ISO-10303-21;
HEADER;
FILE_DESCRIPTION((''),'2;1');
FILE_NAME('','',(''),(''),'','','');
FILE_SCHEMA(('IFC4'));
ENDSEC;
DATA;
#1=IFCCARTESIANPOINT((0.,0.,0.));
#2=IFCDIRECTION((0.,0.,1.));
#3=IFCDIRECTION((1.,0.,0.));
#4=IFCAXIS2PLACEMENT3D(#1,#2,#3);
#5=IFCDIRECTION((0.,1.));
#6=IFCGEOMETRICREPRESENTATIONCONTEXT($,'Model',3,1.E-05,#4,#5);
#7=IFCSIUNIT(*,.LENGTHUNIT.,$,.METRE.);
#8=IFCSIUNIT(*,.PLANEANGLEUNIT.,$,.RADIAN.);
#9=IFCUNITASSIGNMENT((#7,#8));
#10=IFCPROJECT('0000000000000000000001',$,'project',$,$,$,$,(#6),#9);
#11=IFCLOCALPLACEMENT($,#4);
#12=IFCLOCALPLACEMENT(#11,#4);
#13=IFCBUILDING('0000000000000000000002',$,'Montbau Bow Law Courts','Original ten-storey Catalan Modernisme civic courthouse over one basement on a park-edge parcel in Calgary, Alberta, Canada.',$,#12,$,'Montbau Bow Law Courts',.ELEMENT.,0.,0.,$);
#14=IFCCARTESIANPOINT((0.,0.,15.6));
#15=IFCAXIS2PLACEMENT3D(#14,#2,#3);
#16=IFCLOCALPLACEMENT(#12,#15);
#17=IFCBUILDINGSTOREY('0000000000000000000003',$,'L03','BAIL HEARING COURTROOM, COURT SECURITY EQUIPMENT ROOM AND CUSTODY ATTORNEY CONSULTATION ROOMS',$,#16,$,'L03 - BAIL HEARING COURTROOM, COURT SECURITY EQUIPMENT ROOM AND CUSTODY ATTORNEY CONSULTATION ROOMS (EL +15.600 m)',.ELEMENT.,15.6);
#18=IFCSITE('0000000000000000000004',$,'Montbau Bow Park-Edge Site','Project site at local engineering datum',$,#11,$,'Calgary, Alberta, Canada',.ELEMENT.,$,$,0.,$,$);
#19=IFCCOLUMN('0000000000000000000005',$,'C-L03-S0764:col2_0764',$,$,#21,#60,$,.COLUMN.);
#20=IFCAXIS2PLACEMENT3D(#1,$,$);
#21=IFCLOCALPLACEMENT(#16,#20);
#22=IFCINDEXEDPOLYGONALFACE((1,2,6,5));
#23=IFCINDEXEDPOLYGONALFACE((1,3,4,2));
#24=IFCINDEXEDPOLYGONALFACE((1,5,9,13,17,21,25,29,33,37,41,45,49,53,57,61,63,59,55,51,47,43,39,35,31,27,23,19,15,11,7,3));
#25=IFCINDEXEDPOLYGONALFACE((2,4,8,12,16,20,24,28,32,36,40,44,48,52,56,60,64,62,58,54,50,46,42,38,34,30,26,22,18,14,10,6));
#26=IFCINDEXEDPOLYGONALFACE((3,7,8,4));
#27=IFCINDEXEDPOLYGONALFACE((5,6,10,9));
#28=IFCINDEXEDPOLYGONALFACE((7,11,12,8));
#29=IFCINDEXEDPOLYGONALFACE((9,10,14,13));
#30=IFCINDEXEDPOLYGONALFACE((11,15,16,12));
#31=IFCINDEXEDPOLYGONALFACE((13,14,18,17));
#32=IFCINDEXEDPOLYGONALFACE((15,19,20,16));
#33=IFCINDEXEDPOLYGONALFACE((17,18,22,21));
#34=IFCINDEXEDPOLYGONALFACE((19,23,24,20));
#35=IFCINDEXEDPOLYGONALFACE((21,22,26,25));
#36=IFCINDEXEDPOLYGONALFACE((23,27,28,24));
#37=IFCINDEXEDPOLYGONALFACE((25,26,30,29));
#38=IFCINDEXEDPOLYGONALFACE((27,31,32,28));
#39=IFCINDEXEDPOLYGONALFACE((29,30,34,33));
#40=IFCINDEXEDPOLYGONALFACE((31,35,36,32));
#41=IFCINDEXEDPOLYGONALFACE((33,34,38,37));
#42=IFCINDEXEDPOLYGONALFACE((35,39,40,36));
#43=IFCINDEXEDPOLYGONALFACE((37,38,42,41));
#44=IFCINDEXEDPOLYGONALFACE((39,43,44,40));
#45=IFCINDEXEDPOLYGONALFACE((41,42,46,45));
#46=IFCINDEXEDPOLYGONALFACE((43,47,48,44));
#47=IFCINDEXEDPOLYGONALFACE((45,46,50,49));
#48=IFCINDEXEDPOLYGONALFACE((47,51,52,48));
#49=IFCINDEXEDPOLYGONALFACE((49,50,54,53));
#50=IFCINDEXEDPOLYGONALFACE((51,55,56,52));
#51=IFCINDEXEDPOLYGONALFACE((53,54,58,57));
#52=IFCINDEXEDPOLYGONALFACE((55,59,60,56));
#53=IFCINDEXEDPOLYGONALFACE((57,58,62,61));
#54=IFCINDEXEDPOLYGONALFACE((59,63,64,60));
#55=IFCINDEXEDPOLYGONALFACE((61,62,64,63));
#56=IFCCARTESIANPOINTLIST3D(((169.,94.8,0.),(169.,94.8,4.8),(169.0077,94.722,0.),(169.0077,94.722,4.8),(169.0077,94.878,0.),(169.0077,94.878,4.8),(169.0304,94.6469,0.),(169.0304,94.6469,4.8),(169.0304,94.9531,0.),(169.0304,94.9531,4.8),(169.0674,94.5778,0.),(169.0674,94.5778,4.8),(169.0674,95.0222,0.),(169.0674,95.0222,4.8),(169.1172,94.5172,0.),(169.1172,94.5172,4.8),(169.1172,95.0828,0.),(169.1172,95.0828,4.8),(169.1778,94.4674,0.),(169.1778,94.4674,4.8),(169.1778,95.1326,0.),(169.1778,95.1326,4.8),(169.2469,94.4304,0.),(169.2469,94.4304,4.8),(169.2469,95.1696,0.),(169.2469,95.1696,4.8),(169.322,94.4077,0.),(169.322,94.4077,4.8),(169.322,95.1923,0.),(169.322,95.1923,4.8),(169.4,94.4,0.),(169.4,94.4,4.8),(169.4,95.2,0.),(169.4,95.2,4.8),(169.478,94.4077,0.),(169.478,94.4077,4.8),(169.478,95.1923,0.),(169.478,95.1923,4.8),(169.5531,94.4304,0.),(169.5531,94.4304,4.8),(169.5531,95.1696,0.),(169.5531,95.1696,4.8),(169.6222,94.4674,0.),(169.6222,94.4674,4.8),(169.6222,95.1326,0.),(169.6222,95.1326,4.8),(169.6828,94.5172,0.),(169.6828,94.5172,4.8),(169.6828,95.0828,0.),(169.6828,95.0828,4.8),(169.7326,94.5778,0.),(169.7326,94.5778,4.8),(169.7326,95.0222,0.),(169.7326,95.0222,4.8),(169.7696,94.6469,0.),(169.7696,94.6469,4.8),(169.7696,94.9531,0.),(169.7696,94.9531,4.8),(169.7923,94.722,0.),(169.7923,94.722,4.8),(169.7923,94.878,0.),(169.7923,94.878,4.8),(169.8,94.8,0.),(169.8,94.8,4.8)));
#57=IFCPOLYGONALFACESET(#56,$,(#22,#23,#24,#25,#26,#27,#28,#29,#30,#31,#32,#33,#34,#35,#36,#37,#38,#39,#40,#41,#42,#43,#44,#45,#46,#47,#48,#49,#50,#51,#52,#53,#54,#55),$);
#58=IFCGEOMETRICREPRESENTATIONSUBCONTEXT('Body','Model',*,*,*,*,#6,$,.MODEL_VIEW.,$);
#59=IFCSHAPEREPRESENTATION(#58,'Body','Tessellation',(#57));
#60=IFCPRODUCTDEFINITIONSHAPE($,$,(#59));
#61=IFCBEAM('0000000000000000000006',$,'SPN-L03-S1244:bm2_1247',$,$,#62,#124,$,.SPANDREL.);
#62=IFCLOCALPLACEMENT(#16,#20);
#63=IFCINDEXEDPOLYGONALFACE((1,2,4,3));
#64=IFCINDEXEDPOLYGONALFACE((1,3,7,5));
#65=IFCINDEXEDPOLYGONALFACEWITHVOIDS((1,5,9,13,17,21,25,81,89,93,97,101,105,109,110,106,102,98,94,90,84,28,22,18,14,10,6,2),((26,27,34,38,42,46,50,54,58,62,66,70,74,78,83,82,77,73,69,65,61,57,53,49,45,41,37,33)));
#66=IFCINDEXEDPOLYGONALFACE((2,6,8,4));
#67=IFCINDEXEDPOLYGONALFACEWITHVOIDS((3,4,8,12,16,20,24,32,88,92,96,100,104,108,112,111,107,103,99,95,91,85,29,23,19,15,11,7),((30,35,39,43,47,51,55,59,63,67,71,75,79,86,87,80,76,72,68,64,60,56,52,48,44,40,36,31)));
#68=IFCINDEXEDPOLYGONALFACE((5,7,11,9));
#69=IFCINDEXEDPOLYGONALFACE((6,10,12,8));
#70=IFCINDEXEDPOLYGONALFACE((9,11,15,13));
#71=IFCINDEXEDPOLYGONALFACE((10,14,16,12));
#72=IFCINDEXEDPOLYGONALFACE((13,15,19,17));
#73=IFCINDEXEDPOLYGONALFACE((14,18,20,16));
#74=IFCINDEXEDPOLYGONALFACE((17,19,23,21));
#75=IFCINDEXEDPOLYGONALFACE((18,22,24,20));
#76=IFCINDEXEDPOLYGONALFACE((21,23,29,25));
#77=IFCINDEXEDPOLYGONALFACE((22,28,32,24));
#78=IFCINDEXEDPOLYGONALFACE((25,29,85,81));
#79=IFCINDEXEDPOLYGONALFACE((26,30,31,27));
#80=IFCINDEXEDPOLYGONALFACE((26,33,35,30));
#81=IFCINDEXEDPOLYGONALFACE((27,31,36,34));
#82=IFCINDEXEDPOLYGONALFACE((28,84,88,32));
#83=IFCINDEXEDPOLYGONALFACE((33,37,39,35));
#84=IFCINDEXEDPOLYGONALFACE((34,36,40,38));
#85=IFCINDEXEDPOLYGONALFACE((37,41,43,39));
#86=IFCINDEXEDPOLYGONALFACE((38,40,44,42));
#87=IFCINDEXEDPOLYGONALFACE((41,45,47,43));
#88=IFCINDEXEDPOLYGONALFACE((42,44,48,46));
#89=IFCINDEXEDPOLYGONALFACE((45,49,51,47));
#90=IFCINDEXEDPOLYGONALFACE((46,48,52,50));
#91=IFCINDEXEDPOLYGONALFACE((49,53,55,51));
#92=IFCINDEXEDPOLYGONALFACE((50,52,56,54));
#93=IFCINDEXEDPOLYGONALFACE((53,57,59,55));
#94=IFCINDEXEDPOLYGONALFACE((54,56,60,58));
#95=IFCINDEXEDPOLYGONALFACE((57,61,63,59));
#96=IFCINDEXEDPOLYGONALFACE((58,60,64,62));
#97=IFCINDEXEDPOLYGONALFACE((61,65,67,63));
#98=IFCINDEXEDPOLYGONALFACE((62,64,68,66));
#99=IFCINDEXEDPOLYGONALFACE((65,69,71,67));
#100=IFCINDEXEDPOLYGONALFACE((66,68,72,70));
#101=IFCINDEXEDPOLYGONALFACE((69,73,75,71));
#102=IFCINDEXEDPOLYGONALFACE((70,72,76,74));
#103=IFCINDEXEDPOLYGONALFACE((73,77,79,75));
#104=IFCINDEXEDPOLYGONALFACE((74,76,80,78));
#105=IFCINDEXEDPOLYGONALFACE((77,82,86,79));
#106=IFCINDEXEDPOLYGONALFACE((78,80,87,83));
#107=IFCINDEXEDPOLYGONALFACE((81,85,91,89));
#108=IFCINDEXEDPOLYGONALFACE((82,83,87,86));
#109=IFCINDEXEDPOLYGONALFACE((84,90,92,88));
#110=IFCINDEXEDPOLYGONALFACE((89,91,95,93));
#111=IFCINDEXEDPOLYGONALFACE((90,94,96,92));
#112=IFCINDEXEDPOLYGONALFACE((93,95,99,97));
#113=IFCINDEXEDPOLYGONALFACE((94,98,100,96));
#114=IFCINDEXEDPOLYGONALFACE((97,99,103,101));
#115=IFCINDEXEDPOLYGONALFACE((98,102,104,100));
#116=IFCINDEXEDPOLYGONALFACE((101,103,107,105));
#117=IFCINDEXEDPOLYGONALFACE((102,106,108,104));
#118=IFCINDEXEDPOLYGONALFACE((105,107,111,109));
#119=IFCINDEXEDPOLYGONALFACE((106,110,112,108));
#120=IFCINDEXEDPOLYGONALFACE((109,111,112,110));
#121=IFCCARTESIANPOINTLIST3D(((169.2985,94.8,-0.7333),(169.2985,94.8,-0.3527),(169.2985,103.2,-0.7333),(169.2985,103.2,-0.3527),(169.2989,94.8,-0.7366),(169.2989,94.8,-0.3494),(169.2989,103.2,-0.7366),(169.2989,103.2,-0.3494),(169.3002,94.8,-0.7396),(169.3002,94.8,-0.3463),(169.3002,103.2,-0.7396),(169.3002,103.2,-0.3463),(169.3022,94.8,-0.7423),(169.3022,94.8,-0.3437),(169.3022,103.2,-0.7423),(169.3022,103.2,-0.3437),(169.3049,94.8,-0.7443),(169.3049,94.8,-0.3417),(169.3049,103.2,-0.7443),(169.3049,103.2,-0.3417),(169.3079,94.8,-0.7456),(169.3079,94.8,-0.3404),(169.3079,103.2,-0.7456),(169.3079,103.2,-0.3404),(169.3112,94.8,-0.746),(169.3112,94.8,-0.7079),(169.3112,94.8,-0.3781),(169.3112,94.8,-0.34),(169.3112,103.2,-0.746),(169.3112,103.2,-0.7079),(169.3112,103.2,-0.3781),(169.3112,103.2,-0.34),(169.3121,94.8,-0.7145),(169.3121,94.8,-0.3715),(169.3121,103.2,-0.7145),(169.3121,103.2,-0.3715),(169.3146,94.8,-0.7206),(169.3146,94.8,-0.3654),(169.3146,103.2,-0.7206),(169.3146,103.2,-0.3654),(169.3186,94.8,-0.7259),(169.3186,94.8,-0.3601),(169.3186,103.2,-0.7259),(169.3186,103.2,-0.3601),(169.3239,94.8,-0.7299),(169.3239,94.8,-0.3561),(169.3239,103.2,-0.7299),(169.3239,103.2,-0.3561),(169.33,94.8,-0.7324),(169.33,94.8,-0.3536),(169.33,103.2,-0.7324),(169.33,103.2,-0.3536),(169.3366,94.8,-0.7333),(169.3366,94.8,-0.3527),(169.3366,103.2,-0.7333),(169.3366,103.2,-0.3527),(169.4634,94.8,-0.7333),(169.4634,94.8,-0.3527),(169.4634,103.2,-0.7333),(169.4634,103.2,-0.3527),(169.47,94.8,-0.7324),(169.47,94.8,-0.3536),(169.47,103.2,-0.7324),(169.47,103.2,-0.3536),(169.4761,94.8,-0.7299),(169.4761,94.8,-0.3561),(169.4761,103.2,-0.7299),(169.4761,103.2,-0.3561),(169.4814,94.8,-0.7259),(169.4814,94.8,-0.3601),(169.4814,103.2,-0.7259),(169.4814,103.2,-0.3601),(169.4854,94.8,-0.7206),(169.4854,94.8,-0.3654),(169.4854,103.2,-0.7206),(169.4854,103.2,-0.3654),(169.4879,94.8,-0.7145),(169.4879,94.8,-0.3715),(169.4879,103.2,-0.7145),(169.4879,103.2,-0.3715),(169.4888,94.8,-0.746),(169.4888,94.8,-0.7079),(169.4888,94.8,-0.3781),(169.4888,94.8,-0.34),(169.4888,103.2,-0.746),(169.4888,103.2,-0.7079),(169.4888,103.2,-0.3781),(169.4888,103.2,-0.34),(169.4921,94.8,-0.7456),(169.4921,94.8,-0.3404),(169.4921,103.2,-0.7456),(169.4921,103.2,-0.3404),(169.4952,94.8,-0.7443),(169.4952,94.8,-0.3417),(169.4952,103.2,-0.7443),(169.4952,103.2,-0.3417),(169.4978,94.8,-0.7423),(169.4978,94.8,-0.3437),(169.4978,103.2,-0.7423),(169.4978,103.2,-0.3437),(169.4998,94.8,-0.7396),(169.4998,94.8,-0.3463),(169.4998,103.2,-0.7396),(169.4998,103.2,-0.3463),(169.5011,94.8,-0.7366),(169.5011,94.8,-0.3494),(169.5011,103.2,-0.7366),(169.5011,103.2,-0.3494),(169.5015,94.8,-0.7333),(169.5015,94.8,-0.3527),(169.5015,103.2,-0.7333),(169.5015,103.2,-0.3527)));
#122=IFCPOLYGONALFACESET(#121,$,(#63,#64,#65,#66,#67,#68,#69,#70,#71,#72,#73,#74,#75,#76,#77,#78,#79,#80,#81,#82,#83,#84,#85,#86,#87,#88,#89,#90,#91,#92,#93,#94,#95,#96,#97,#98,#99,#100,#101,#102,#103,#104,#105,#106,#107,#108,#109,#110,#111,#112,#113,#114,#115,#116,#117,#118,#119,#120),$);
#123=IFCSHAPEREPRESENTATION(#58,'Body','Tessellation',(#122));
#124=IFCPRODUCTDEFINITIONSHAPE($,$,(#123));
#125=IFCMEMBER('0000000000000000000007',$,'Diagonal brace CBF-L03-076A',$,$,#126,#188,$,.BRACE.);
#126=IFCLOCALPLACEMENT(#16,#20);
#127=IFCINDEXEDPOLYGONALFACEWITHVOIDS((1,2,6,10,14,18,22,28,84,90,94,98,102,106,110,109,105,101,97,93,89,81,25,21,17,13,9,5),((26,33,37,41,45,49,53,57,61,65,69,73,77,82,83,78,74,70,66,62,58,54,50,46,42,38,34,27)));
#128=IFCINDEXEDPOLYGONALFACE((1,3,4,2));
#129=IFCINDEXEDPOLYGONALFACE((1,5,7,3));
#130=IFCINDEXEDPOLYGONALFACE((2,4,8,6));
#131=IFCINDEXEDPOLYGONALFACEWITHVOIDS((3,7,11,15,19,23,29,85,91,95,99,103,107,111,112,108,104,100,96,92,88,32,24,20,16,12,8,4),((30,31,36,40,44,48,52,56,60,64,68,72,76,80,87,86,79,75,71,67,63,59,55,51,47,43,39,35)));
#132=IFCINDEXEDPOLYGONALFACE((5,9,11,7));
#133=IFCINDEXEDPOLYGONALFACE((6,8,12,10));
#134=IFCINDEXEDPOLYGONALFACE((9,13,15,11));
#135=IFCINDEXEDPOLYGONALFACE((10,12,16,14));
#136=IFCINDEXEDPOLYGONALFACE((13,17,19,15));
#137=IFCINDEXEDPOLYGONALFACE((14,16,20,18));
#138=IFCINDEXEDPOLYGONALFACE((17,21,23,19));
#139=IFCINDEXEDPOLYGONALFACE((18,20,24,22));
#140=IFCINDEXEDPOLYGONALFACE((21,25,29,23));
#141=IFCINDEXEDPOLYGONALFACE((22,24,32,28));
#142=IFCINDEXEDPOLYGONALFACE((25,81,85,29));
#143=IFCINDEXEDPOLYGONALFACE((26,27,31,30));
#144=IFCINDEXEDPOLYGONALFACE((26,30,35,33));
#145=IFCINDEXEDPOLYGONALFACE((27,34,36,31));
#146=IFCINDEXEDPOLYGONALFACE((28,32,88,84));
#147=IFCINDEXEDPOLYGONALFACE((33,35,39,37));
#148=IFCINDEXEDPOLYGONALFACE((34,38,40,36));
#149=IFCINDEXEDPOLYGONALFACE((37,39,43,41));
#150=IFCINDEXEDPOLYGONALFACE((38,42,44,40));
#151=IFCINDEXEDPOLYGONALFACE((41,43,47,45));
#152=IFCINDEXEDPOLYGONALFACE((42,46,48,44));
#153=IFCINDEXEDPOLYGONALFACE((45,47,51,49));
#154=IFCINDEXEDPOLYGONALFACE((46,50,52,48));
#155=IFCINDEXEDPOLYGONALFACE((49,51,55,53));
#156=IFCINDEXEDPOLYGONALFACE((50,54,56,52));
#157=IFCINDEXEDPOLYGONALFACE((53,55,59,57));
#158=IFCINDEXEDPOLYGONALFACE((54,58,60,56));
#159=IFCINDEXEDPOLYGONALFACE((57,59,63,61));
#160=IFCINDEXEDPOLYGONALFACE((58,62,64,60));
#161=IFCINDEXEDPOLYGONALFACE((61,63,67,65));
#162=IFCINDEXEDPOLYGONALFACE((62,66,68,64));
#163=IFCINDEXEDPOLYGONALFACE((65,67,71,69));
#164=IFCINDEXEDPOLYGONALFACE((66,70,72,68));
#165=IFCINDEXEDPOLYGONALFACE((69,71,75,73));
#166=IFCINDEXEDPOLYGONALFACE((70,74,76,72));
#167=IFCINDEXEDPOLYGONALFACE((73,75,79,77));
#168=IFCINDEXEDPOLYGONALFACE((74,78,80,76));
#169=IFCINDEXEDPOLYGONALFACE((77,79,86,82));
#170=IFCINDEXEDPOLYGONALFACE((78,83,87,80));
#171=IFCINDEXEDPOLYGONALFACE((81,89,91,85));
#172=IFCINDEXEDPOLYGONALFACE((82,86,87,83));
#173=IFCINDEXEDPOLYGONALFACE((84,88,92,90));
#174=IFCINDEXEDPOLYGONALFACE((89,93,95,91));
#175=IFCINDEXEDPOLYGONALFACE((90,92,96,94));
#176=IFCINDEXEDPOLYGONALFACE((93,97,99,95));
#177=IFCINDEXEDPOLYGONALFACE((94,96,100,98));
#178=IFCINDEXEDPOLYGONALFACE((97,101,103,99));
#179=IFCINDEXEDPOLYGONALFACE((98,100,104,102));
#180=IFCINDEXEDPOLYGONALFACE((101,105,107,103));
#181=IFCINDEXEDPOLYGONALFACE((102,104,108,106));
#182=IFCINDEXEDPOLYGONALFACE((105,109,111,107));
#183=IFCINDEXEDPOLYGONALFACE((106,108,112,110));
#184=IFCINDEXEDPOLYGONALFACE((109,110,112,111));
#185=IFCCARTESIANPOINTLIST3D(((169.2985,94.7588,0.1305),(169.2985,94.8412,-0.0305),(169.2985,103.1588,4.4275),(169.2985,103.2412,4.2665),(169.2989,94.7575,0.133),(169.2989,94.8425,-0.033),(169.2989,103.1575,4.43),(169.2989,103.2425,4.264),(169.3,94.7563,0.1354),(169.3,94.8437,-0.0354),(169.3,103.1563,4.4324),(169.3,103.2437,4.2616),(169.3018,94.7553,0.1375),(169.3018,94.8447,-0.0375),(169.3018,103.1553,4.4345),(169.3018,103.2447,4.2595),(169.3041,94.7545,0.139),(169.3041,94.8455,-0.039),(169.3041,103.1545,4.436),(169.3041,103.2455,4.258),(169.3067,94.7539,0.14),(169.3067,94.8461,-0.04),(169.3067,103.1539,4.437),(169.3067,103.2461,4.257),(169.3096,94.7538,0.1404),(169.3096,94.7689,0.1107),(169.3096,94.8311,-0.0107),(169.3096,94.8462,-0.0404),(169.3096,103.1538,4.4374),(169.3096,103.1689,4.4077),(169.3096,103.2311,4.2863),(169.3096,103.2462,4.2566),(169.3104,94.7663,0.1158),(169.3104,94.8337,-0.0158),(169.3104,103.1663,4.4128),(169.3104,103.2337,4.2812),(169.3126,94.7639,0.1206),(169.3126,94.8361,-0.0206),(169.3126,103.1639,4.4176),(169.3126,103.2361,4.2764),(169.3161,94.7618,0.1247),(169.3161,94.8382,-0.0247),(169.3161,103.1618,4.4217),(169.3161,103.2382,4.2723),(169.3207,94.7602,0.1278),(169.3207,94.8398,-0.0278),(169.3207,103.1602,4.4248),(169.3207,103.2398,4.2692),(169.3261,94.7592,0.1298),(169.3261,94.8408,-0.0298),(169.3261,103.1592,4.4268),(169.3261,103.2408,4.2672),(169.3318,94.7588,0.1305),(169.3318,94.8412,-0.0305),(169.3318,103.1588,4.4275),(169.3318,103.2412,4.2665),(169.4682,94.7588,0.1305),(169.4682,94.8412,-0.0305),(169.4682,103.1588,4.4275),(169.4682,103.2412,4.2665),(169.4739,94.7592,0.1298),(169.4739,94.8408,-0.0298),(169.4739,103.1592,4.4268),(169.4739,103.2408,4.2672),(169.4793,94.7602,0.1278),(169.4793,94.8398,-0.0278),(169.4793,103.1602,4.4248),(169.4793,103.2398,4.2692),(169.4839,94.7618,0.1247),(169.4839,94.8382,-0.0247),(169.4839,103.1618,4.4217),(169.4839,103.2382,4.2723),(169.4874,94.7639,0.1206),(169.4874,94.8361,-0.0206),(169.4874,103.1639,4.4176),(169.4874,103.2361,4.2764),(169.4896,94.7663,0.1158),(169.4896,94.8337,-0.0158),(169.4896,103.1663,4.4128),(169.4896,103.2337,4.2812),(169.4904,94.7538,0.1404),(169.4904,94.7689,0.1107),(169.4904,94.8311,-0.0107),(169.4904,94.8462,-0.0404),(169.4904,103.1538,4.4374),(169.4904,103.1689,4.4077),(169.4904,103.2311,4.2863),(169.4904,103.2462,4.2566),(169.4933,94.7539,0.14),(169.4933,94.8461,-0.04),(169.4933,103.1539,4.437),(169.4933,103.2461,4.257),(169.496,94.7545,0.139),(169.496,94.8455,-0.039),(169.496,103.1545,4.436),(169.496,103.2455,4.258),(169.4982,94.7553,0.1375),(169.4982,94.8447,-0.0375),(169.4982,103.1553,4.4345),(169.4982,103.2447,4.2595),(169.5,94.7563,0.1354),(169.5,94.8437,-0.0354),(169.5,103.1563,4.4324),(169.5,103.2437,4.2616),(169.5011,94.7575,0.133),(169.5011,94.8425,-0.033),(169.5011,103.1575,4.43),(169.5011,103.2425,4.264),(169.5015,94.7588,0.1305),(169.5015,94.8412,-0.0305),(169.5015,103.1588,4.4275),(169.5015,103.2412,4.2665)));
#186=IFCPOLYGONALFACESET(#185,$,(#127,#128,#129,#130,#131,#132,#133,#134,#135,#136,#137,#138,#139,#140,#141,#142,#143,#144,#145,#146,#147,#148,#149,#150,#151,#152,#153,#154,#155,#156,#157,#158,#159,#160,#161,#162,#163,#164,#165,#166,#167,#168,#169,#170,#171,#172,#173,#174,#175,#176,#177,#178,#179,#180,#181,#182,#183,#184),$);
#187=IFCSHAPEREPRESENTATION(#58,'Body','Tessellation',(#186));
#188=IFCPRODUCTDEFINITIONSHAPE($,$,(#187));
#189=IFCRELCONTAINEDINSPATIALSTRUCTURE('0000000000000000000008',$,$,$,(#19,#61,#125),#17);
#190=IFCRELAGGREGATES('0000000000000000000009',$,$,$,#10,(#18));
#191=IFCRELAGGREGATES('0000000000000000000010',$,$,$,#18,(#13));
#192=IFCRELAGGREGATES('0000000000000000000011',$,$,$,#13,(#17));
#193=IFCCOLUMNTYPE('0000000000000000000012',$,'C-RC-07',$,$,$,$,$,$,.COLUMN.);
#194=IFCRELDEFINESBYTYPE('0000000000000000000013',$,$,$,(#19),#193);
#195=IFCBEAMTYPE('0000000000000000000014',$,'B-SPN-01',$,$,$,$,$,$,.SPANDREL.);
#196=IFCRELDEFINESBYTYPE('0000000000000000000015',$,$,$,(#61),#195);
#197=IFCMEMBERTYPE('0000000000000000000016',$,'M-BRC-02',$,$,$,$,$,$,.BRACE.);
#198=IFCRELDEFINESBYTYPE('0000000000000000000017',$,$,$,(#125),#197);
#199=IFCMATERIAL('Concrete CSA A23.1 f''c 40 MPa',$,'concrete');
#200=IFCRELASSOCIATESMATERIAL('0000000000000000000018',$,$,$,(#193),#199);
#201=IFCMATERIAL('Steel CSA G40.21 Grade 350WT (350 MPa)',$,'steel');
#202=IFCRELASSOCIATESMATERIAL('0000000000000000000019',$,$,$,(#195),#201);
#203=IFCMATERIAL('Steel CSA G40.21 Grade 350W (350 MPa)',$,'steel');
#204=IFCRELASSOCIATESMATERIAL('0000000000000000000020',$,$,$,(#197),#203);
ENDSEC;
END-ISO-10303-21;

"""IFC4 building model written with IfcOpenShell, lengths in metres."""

from ifc_helpers import new_model, si_unit, direction, frame, origin_with_axes, origin_2d_with_axis, place, context, subcontext, project, spatial, hollow_rectangle, circle, extrude, material, material_profile, profile_set, type_object, element, save


model = new_model("IFC4")

# Units and contexts
model_context = context("Model", 3, precision=1e-05, world=origin_with_axes(), true_north=direction((0.0, 1.0)))
body_context = subcontext(model_context, "Body", "Model", "MODEL_VIEW")
ifc_project = project(units=[si_unit("LENGTHUNIT", "METRE"), si_unit("PLANEANGLEUNIT", "RADIAN")], contexts=[model_context])

# Site, building, storey
site_placement = place(None, origin_with_axes())
site = spatial("IfcSite", under=ifc_project, at=site_placement, Name="Montbau Bow Park-Edge Site", Description="Project site at local engineering datum", LongName="Calgary, Alberta, Canada", CompositionType="ELEMENT", RefElevation=0.0)
building_placement = place(site_placement, origin_with_axes())
building = spatial("IfcBuilding", under=site, at=building_placement, Name="Montbau Bow Law Courts", Description="Original ten-storey Catalan Modernisme civic courthouse over one basement on a park-edge parcel in Calgary, Alberta, Canada.", LongName="Montbau Bow Law Courts", CompositionType="ELEMENT", ElevationOfRefHeight=0.0, ElevationOfTerrain=0.0)
storey_placement = place(building_placement, frame((0.0, 0.0, 15.6), z_axis=(0.0, 0.0, 1.0), x_axis=(1.0, 0.0, 0.0)))
storey = spatial("IfcBuildingStorey", under=building, at=storey_placement, Name="L03", Description="BAIL HEARING COURTROOM, COURT SECURITY EQUIPMENT ROOM AND CUSTODY ATTORNEY CONSULTATION ROOMS", LongName="L03 - BAIL HEARING COURTROOM, COURT SECURITY EQUIPMENT ROOM AND CUSTODY ATTORNEY CONSULTATION ROOMS (EL +15.600 m)", CompositionType="ELEMENT", Elevation=15.6)

# Column
ifc_material_1 = material(Name="Concrete CSA A23.1 f'c 40 MPa", Category="concrete")
ifc_material_profile_1 = material_profile(ifc_material_1, circle(Radius=0.4, at=origin_2d_with_axis()), Name="RC800D", Category="Main", Priority=0)
ifc_profile_set_1 = profile_set([ifc_material_profile_1], Name="Concrete CSA A23.1 f'c 40 MPa")
column_type = type_object("IfcColumnType", Name="C-RC-07", PredefinedType="COLUMN", material=ifc_profile_set_1)
column_placement = place(None, frame((169.4, 94.8, 15.6), z_axis=(0.0, 0.0, 1.0), x_axis=(1.0, 0.0, 0.0)))
element("IfcColumn", 1, at=column_placement, inside=storey, type_object=column_type, Name="C-L03-S0764:col2_0764", PredefinedType="COLUMN", context=body_context, shape_type="SweptSolid", body=[
    extrude(circle(Radius=0.4, at=origin_2d_with_axis()), origin_with_axes(), (0.0, 0.0, 1.0), 4.8),
])

# Beam
ifc_material_2 = material(Name="Steel CSA G40.21 Grade 350WT (350 MPa)", Category="steel")
ifc_material_profile_2 = material_profile(ifc_material_2, hollow_rectangle(XDim=0.203, YDim=0.406, WallThickness=0.0127, InnerFilletRadius=0.0254, OuterFilletRadius=0.0127, at=origin_2d_with_axis()), Name="HSS406X203X13", Category="Main", Priority=0)
ifc_profile_set_2 = profile_set([ifc_material_profile_2], Name="Steel CSA G40.21 Grade 350WT (350 MPa)")
beam_type = type_object("IfcBeamType", Name="B-SPN-01", PredefinedType="SPANDREL", material=ifc_profile_set_2)
beam_placement = place(None, frame((169.4, 94.8, 15.057), z_axis=(0.0, 1.0, 0.0), x_axis=(-1.0, 0.0, 0.0)))
element("IfcBeam", 2, at=beam_placement, inside=storey, type_object=beam_type, Name="SPN-L03-S1244:bm2_1247", PredefinedType="SPANDREL", context=body_context, shape_type="SweptSolid", body=[
    extrude(hollow_rectangle(XDim=0.203, YDim=0.406, WallThickness=0.0127, InnerFilletRadius=0.0254, OuterFilletRadius=0.0127, at=origin_2d_with_axis()), origin_with_axes(), (0.0, 0.0, 1.0), 8.4),
])

# Member
ifc_material_3 = material(Name="Steel CSA G40.21 Grade 350W (350 MPa)", Category="steel")
ifc_material_profile_3 = material_profile(ifc_material_3, hollow_rectangle(XDim=0.203, YDim=0.203, WallThickness=0.0111, InnerFilletRadius=0.0222, OuterFilletRadius=0.0111, at=origin_2d_with_axis()), Name="HSS203X203X11", Category="Main", Priority=0)
ifc_profile_set_3 = profile_set([ifc_material_profile_3], Name="Steel CSA G40.21 Grade 350W (350 MPa)")
member_type_1 = type_object("IfcMemberType", Name="M-BRC-02", PredefinedType="BRACE", material=ifc_profile_set_3)
member_1_placement = place(None, frame((169.4, 94.8, 15.65), z_axis=(0.0, 0.890277, 0.455419), x_axis=(-1.0, 0.0, 0.0)))
element("IfcMember", 3, at=member_1_placement, inside=storey, type_object=member_type_1, Name="Diagonal brace CBF-L03-076A", PredefinedType="BRACE", context=body_context, shape_type="SweptSolid", body=[
    extrude(hollow_rectangle(XDim=0.203, YDim=0.203, WallThickness=0.0111, InnerFilletRadius=0.0222, OuterFilletRadius=0.0111, at=origin_2d_with_axis()), origin_with_axes(), (0.0, 0.0, 1.0), 9.4353),
])

save(model, "model.ifc")
